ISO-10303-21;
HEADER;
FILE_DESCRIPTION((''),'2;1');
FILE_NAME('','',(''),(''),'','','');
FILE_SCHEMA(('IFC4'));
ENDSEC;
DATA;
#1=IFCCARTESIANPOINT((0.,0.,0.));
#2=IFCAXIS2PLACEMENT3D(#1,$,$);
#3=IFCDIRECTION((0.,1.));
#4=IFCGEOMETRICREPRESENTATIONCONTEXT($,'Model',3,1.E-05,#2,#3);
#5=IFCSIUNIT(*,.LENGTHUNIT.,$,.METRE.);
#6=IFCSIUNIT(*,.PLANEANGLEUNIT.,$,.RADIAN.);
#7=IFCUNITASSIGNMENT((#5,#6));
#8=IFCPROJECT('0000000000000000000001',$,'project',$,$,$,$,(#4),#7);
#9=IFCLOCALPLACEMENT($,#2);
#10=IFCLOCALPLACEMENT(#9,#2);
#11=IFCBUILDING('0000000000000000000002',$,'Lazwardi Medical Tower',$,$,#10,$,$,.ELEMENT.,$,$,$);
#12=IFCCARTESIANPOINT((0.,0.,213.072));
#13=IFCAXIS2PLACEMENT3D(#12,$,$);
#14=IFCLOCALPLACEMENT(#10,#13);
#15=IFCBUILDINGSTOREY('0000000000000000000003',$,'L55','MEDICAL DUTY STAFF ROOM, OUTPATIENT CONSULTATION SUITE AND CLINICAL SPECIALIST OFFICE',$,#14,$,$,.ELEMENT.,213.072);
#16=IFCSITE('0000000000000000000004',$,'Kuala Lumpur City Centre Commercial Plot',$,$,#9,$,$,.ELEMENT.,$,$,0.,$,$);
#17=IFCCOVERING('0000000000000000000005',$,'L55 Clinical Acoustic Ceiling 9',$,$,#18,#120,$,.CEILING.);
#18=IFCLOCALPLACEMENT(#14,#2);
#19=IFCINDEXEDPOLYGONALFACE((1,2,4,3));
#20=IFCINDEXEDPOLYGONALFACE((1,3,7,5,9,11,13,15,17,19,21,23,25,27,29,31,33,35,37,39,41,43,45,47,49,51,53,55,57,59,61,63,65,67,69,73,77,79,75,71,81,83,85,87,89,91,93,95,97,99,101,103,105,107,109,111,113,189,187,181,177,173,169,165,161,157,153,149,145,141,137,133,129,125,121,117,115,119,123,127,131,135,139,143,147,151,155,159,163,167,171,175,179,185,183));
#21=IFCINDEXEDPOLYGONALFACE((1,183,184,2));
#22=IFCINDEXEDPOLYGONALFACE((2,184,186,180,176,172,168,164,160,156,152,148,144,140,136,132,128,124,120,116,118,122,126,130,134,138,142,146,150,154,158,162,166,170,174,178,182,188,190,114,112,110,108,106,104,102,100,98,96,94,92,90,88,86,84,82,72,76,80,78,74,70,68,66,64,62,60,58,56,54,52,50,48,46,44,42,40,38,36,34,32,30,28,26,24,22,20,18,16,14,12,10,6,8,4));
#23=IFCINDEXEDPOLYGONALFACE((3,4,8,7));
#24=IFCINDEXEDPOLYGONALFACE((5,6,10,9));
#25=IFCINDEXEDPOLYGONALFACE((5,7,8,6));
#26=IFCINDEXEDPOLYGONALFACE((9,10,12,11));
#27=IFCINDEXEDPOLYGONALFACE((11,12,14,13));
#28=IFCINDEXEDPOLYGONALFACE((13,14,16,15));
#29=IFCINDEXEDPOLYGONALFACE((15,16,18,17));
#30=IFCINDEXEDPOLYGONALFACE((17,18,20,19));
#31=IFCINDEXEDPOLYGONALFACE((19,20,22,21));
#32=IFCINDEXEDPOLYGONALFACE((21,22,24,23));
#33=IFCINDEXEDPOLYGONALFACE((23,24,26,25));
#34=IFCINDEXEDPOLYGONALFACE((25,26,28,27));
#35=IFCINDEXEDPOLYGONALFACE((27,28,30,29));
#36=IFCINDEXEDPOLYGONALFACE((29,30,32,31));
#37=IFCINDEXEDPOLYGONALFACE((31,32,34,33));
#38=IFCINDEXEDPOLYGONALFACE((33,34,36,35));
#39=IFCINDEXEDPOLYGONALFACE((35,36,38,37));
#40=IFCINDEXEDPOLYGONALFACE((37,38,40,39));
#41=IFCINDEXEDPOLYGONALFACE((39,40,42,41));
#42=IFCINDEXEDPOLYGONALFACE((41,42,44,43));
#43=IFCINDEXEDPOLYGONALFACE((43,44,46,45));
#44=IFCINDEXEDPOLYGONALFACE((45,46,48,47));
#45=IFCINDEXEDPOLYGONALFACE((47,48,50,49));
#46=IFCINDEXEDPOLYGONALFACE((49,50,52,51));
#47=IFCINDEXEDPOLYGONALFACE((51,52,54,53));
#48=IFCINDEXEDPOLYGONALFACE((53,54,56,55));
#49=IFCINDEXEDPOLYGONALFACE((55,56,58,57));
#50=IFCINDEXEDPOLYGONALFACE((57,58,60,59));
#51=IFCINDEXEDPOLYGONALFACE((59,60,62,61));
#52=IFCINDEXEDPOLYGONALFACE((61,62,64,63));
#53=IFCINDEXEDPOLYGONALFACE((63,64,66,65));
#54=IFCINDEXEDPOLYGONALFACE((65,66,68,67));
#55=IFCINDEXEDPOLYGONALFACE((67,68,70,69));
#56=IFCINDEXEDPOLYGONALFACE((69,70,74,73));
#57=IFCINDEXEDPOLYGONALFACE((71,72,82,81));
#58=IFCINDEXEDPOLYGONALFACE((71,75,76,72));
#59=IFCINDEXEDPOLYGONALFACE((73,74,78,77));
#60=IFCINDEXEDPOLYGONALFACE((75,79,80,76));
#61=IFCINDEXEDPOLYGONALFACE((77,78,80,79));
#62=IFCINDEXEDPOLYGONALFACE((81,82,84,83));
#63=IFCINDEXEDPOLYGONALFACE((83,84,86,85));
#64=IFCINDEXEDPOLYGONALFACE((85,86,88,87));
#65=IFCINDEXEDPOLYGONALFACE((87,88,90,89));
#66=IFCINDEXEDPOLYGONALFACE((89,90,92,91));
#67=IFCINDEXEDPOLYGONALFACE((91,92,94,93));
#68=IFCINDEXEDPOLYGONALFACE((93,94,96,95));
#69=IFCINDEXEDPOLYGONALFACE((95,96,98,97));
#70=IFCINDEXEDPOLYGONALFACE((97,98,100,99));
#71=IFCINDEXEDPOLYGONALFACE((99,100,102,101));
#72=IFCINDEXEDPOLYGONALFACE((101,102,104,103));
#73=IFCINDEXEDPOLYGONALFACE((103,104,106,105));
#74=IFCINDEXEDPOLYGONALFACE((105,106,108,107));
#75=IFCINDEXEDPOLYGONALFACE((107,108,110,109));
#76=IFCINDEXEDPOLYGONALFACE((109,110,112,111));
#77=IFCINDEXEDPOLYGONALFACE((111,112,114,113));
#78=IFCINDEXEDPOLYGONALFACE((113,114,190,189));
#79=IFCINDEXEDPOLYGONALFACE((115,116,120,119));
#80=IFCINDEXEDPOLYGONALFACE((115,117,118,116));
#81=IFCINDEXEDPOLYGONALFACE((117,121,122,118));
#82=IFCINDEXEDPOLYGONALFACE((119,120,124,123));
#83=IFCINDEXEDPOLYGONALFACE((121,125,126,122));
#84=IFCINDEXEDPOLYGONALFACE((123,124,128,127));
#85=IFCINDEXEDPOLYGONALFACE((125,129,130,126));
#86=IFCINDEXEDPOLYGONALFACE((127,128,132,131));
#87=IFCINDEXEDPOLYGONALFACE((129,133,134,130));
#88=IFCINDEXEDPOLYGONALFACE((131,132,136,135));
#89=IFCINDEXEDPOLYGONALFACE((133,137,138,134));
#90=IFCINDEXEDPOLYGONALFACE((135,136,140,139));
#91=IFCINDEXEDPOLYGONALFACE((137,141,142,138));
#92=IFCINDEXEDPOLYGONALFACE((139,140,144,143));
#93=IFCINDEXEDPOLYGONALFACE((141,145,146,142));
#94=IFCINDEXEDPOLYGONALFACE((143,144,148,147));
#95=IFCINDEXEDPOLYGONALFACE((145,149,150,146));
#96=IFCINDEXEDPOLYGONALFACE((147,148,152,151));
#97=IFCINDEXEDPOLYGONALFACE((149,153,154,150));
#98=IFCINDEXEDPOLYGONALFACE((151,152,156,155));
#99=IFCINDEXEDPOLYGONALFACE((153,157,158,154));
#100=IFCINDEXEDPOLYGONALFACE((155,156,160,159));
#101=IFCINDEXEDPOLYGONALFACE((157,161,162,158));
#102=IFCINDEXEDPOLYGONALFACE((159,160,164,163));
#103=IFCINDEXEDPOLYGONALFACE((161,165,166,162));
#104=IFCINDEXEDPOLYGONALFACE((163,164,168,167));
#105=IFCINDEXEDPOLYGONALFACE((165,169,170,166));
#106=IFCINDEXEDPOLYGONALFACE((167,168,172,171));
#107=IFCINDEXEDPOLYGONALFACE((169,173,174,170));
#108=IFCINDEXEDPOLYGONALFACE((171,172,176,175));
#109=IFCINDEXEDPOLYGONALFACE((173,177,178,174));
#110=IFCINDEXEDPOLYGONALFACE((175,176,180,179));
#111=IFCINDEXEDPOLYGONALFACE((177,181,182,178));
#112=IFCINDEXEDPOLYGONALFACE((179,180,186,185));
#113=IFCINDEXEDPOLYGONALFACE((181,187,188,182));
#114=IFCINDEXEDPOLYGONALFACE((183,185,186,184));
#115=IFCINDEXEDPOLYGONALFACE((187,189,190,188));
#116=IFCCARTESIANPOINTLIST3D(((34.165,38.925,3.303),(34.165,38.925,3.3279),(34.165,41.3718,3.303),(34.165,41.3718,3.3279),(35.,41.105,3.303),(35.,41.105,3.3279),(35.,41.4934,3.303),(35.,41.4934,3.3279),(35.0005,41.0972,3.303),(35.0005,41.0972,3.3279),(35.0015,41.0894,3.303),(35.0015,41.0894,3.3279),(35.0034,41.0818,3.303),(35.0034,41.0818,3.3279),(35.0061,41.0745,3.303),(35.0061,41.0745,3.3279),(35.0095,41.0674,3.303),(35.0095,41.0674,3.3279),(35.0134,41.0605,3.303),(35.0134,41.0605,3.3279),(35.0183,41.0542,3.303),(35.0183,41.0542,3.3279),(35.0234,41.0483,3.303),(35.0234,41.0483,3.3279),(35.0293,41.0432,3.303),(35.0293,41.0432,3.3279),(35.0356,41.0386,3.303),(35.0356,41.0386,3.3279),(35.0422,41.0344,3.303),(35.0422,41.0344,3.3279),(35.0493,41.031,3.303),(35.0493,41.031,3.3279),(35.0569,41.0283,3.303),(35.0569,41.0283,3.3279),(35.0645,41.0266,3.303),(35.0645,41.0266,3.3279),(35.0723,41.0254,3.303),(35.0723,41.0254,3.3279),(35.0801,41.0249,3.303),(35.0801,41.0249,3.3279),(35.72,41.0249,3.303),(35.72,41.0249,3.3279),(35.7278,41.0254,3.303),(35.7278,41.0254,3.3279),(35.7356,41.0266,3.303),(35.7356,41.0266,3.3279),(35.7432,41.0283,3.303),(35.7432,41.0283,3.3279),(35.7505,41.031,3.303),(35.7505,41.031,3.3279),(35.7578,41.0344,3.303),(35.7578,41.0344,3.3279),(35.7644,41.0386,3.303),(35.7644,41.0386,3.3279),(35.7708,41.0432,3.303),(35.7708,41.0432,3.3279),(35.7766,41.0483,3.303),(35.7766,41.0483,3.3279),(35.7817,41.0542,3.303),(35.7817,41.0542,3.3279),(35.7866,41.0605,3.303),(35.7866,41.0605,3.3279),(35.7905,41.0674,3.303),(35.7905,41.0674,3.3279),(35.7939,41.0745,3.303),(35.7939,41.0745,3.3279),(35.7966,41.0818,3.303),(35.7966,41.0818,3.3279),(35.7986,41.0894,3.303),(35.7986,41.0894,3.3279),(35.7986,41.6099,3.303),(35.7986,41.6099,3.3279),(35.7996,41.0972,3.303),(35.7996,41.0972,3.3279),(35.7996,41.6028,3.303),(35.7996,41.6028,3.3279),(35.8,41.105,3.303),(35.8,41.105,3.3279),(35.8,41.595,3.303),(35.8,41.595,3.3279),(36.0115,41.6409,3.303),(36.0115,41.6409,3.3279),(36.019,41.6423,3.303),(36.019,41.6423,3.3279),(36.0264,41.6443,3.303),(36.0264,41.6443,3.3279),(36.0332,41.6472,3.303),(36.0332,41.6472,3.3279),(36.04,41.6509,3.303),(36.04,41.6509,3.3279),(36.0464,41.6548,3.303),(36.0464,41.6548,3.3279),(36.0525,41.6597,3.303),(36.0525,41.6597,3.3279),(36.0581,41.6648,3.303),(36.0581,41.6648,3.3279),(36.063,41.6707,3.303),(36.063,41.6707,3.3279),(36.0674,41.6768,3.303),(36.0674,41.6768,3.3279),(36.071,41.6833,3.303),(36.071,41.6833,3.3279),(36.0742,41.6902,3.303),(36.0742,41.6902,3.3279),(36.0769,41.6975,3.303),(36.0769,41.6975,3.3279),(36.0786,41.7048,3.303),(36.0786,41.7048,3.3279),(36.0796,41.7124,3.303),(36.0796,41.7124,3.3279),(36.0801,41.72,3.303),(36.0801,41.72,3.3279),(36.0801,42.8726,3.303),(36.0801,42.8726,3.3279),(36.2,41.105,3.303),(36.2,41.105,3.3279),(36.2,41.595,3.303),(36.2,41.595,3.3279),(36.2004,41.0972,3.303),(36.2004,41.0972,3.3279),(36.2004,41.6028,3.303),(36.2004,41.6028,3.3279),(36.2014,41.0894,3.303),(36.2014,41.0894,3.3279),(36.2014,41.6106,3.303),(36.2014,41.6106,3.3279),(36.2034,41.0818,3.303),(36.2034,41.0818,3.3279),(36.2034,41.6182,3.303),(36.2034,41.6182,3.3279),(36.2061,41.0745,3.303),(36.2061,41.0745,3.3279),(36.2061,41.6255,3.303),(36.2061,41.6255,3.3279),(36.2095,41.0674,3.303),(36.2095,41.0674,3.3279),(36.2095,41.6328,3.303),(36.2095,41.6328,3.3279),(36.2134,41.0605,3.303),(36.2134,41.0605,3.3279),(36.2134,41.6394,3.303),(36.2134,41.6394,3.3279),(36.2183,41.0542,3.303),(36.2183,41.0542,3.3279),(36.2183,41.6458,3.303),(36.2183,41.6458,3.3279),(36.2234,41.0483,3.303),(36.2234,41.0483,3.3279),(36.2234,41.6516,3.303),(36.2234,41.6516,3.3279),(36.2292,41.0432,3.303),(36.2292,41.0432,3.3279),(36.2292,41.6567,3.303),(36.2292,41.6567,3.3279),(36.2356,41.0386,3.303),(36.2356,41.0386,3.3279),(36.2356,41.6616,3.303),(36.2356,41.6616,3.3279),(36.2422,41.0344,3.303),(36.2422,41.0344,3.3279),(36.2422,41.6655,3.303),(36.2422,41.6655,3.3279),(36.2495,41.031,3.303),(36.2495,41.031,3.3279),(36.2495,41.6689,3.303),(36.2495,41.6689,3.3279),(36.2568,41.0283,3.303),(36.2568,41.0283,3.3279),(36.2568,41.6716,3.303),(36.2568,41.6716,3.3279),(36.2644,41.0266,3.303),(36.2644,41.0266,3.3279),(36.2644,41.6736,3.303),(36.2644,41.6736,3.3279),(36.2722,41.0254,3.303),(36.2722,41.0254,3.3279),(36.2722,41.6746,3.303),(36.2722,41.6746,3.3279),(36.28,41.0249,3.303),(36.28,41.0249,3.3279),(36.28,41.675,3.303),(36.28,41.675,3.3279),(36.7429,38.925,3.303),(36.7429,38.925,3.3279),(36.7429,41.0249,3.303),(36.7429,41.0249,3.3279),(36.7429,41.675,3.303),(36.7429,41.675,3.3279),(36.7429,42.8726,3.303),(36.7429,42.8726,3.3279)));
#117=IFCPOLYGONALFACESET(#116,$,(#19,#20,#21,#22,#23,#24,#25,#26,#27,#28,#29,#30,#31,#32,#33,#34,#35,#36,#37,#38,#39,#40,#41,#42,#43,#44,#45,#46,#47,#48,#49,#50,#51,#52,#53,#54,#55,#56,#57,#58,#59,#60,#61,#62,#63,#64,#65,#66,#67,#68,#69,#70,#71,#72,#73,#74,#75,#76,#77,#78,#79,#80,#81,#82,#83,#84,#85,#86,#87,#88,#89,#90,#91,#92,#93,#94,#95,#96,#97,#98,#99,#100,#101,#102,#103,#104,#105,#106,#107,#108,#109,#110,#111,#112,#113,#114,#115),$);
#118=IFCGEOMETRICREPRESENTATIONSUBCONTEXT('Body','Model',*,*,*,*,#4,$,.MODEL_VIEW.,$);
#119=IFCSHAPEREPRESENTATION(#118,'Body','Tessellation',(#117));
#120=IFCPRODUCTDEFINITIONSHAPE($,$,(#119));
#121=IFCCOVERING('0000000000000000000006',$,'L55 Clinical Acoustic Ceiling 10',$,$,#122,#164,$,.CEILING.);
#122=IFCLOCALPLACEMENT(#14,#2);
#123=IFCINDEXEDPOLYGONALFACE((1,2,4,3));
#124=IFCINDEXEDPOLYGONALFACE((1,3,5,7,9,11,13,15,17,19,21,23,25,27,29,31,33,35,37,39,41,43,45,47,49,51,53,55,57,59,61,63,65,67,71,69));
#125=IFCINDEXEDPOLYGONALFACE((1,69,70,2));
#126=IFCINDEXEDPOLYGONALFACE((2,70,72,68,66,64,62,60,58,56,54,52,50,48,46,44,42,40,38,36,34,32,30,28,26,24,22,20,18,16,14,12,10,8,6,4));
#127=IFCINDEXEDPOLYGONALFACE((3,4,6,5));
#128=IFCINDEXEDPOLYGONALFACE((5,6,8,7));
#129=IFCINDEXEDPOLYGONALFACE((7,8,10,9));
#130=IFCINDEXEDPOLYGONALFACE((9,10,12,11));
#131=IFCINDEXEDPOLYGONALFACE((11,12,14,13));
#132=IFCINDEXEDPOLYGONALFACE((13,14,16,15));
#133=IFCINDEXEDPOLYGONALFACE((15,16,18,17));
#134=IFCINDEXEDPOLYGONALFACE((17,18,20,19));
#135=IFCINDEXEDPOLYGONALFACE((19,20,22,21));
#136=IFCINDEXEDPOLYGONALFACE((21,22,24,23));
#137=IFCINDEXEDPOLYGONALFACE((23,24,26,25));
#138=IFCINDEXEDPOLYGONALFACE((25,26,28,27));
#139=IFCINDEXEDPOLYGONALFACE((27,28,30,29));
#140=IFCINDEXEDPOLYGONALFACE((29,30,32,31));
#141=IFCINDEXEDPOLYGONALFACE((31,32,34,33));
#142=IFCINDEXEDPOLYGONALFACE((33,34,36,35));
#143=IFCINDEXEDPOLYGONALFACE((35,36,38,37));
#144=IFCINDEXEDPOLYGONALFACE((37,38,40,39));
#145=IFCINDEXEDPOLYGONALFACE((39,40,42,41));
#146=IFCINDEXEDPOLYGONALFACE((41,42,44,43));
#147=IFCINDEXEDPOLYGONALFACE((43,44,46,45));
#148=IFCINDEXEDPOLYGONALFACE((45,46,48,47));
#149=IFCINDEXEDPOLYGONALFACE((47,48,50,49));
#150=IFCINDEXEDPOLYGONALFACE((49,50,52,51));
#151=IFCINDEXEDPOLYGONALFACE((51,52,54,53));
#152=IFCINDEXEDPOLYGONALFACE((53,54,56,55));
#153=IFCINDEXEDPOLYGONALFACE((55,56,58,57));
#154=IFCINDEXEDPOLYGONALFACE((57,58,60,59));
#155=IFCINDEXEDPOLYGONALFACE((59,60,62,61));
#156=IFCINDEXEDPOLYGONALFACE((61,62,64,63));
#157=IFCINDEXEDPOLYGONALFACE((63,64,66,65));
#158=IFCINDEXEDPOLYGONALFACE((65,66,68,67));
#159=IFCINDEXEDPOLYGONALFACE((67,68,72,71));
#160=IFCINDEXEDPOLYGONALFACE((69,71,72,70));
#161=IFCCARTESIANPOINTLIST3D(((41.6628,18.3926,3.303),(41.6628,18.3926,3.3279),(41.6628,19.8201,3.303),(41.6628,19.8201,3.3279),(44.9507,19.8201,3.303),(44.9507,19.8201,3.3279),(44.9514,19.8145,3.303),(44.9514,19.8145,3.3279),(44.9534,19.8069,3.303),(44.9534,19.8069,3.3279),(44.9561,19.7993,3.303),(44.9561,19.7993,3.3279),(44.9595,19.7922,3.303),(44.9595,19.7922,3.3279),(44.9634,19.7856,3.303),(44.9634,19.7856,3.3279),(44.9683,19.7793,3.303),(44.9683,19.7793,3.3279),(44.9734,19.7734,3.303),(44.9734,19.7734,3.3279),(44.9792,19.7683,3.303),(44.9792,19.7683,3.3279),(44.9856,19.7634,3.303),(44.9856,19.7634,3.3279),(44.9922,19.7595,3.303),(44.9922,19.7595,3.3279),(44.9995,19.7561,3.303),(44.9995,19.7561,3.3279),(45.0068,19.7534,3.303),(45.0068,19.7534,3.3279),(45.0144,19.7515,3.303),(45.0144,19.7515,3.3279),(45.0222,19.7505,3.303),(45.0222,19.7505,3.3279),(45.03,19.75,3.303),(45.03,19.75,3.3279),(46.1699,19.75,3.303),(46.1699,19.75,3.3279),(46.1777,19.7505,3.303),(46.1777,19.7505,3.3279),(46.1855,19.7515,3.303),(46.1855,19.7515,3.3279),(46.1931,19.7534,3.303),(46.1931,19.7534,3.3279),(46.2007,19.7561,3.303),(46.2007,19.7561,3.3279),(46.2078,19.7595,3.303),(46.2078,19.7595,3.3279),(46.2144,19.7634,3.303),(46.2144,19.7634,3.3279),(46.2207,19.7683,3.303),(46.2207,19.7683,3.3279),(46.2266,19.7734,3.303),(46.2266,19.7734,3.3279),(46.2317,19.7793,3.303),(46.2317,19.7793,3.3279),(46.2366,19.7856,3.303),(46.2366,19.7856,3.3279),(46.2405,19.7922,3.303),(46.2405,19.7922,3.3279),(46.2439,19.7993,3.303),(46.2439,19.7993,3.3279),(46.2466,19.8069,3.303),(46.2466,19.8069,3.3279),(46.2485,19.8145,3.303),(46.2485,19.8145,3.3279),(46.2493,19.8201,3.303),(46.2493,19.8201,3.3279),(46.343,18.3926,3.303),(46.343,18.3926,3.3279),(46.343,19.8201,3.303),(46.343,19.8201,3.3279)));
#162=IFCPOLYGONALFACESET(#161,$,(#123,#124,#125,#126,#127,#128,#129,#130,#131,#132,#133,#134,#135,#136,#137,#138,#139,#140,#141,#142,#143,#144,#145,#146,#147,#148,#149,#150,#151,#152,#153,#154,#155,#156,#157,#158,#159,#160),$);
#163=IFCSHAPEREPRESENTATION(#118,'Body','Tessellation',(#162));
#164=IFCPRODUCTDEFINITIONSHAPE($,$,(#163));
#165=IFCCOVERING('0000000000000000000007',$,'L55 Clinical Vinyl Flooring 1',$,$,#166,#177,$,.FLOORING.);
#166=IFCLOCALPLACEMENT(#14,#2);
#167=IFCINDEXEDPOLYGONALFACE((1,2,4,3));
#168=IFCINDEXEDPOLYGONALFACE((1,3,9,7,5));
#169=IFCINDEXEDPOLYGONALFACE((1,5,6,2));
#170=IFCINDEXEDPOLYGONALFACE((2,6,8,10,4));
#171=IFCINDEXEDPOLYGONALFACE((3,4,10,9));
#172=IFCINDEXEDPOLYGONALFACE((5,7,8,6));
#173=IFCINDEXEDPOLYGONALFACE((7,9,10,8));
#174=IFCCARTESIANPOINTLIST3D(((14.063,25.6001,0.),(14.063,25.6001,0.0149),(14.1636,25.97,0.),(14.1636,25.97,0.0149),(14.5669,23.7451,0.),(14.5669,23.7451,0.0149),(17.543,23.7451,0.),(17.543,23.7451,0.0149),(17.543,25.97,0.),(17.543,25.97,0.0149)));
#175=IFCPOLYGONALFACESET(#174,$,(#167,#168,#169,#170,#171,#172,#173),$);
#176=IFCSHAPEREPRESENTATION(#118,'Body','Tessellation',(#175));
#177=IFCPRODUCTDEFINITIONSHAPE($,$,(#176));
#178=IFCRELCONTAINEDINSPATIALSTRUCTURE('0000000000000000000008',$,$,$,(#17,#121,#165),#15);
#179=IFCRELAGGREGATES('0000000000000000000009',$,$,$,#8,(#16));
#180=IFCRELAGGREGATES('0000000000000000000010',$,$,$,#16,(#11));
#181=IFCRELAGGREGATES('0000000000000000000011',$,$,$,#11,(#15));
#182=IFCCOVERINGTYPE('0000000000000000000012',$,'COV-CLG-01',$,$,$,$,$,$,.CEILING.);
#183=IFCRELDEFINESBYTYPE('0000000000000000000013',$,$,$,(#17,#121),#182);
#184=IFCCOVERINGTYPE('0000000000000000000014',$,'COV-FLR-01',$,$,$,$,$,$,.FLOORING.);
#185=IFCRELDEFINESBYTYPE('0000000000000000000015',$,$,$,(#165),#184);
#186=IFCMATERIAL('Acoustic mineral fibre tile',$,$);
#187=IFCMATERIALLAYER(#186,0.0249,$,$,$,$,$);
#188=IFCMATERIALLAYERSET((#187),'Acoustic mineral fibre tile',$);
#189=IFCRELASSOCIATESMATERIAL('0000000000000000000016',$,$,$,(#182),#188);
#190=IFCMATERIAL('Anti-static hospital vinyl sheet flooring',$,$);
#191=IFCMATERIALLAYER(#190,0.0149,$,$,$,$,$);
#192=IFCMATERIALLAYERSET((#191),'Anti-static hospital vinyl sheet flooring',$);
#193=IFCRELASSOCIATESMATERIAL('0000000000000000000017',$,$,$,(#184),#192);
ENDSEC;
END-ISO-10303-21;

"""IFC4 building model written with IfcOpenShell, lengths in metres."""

from ifc_helpers import new_model, si_unit, direction, frame, origin, place, context, subcontext, project, spatial, polyline, outline, extrude, material, layer, layer_set, type_object, element, save


model = new_model("IFC4")

# Units and contexts
model_context = context("Model", 3, precision=1e-05, world=origin(), true_north=direction((0.0, 1.0)))
body_context = subcontext(model_context, "Body", "Model", "MODEL_VIEW")
ifc_project = project(units=[si_unit("LENGTHUNIT", "METRE"), si_unit("PLANEANGLEUNIT", "RADIAN")], contexts=[model_context])

# Site, building, storey
site_placement = place(None, origin())
site = spatial("IfcSite", under=ifc_project, at=site_placement, Name="Kuala Lumpur City Centre Commercial Plot", CompositionType="ELEMENT", RefElevation=0.0)
building_placement = place(site_placement, origin())
building = spatial("IfcBuilding", under=site, at=building_placement, Name="Lazwardi Medical Tower", CompositionType="ELEMENT")
storey_placement = place(building_placement, frame((0.0, 0.0, 213.072)))
storey = spatial("IfcBuildingStorey", under=building, at=storey_placement, Name="L55", Description="MEDICAL DUTY STAFF ROOM, OUTPATIENT CONSULTATION SUITE AND CLINICAL SPECIALIST OFFICE", CompositionType="ELEMENT", Elevation=213.072)

# Coverings
ifc_material_1 = material(Name="Acoustic mineral fibre tile")
ifc_layer_1 = layer(ifc_material_1, 0.0249)
ifc_layer_set_1 = layer_set([ifc_layer_1], Name="Acoustic mineral fibre tile")
covering_type_1 = type_object("IfcCoveringType", Name="COV-CLG-01", PredefinedType="CEILING", material=ifc_layer_set_1)
covering_1_placement = place(storey_placement, frame((0.0, 0.0, 3.303)))
element("IfcCovering", 1, at=covering_1_placement, inside=storey, type_object=covering_type_1, Name="L55 Clinical Acoustic Ceiling 9", PredefinedType="CEILING", context=body_context, shape_type="SweptSolid", body=[
    extrude(outline(polyline([(36.7429, 41.0249), (36.28, 41.0249), (36.2722, 41.0254), (36.2644, 41.0266), (36.2568, 41.0283), (36.2495, 41.031), (36.2422, 41.0344), (36.2356, 41.0386), (36.2292, 41.0432), (36.2234, 41.0483), (36.2183, 41.0542), (36.2134, 41.0605), (36.2095, 41.0674), (36.2061, 41.0745), (36.2034, 41.0818), (36.2014, 41.0894), (36.2004, 41.0972), (36.2, 41.105), (36.2, 41.595), (36.2004, 41.6028), (36.2014, 41.6106), (36.2034, 41.6182), (36.2061, 41.6255), (36.2095, 41.6328), (36.2134, 41.6394), (36.2183, 41.6458), (36.2234, 41.6516), (36.2292, 41.6567), (36.2356, 41.6616), (36.2422, 41.6655), (36.2495, 41.6689), (36.2568, 41.6716), (36.2644, 41.6736), (36.2722, 41.6746), (36.28, 41.675), (36.7429, 41.675), (36.7429, 42.8726), (36.0801, 42.8726), (36.0801, 41.72), (36.0796, 41.7124), (36.0786, 41.7048), (36.0769, 41.6975), (36.0742, 41.6902), (36.071, 41.6833), (36.0674, 41.6768), (36.063, 41.6707), (36.0581, 41.6648), (36.0525, 41.6597), (36.0464, 41.6548), (36.04, 41.6509), (36.0332, 41.6472), (36.0264, 41.6443), (36.019, 41.6423), (36.0115, 41.6409), (35.7986, 41.6099), (35.7996, 41.6028), (35.8, 41.595), (35.8, 41.105), (35.7996, 41.0972), (35.7986, 41.0894), (35.7966, 41.0818), (35.7939, 41.0745), (35.7905, 41.0674), (35.7866, 41.0605), (35.7817, 41.0542), (35.7766, 41.0483), (35.7708, 41.0432), (35.7644, 41.0386), (35.7578, 41.0344), (35.7505, 41.031), (35.7432, 41.0283), (35.7356, 41.0266), (35.7278, 41.0254), (35.72, 41.0249), (35.0801, 41.0249), (35.0723, 41.0254), (35.0645, 41.0266), (35.0569, 41.0283), (35.0493, 41.031), (35.0422, 41.0344), (35.0356, 41.0386), (35.0293, 41.0432), (35.0234, 41.0483), (35.0183, 41.0542), (35.0134, 41.0605), (35.0095, 41.0674), (35.0061, 41.0745), (35.0034, 41.0818), (35.0015, 41.0894), (35.0005, 41.0972), (35.0, 41.105), (35.0, 41.4934), (34.165, 41.3718), (34.165, 38.925), (36.7429, 38.925), (36.7429, 41.0249)])), origin(), (0.0, 0.0, 1.0), 0.0249),
])
covering_2_placement = place(storey_placement, frame((0.0, 0.0, 3.303)))
element("IfcCovering", 2, at=covering_2_placement, inside=storey, type_object=covering_type_1, Name="L55 Clinical Acoustic Ceiling 10", PredefinedType="CEILING", context=body_context, shape_type="SweptSolid", body=[
    extrude(outline(polyline([(46.343, 19.8201), (46.2493, 19.8201), (46.2485, 19.8145), (46.2466, 19.8069), (46.2439, 19.7993), (46.2405, 19.7922), (46.2366, 19.7856), (46.2317, 19.7793), (46.2266, 19.7734), (46.2207, 19.7683), (46.2144, 19.7634), (46.2078, 19.7595), (46.2007, 19.7561), (46.1931, 19.7534), (46.1855, 19.7515), (46.1777, 19.7505), (46.1699, 19.75), (45.03, 19.75), (45.0222, 19.7505), (45.0144, 19.7515), (45.0068, 19.7534), (44.9995, 19.7561), (44.9922, 19.7595), (44.9856, 19.7634), (44.9792, 19.7683), (44.9734, 19.7734), (44.9683, 19.7793), (44.9634, 19.7856), (44.9595, 19.7922), (44.9561, 19.7993), (44.9534, 19.8069), (44.9514, 19.8145), (44.9507, 19.8201), (41.6628, 19.8201), (41.6628, 18.3926), (46.343, 18.3926), (46.343, 19.8201)])), origin(), (0.0, 0.0, 1.0), 0.0249),
])
ifc_material_2 = material(Name="Anti-static hospital vinyl sheet flooring")
ifc_layer_2 = layer(ifc_material_2, 0.0149)
ifc_layer_set_2 = layer_set([ifc_layer_2], Name="Anti-static hospital vinyl sheet flooring")
covering_type_2 = type_object("IfcCoveringType", Name="COV-FLR-01", PredefinedType="FLOORING", material=ifc_layer_set_2)
covering_3_placement = place(storey_placement, origin())
element("IfcCovering", 3, at=covering_3_placement, inside=storey, type_object=covering_type_2, Name="L55 Clinical Vinyl Flooring 1", PredefinedType="FLOORING", context=body_context, shape_type="SweptSolid", body=[
    extrude(outline(polyline([(17.543, 25.97), (14.1636, 25.97), (14.063, 25.6001), (14.5669, 23.7451), (17.543, 23.7451), (17.543, 25.97)])), origin(), (0.0, 0.0, 1.0), 0.0149),
])

save(model, "model.ifc")
